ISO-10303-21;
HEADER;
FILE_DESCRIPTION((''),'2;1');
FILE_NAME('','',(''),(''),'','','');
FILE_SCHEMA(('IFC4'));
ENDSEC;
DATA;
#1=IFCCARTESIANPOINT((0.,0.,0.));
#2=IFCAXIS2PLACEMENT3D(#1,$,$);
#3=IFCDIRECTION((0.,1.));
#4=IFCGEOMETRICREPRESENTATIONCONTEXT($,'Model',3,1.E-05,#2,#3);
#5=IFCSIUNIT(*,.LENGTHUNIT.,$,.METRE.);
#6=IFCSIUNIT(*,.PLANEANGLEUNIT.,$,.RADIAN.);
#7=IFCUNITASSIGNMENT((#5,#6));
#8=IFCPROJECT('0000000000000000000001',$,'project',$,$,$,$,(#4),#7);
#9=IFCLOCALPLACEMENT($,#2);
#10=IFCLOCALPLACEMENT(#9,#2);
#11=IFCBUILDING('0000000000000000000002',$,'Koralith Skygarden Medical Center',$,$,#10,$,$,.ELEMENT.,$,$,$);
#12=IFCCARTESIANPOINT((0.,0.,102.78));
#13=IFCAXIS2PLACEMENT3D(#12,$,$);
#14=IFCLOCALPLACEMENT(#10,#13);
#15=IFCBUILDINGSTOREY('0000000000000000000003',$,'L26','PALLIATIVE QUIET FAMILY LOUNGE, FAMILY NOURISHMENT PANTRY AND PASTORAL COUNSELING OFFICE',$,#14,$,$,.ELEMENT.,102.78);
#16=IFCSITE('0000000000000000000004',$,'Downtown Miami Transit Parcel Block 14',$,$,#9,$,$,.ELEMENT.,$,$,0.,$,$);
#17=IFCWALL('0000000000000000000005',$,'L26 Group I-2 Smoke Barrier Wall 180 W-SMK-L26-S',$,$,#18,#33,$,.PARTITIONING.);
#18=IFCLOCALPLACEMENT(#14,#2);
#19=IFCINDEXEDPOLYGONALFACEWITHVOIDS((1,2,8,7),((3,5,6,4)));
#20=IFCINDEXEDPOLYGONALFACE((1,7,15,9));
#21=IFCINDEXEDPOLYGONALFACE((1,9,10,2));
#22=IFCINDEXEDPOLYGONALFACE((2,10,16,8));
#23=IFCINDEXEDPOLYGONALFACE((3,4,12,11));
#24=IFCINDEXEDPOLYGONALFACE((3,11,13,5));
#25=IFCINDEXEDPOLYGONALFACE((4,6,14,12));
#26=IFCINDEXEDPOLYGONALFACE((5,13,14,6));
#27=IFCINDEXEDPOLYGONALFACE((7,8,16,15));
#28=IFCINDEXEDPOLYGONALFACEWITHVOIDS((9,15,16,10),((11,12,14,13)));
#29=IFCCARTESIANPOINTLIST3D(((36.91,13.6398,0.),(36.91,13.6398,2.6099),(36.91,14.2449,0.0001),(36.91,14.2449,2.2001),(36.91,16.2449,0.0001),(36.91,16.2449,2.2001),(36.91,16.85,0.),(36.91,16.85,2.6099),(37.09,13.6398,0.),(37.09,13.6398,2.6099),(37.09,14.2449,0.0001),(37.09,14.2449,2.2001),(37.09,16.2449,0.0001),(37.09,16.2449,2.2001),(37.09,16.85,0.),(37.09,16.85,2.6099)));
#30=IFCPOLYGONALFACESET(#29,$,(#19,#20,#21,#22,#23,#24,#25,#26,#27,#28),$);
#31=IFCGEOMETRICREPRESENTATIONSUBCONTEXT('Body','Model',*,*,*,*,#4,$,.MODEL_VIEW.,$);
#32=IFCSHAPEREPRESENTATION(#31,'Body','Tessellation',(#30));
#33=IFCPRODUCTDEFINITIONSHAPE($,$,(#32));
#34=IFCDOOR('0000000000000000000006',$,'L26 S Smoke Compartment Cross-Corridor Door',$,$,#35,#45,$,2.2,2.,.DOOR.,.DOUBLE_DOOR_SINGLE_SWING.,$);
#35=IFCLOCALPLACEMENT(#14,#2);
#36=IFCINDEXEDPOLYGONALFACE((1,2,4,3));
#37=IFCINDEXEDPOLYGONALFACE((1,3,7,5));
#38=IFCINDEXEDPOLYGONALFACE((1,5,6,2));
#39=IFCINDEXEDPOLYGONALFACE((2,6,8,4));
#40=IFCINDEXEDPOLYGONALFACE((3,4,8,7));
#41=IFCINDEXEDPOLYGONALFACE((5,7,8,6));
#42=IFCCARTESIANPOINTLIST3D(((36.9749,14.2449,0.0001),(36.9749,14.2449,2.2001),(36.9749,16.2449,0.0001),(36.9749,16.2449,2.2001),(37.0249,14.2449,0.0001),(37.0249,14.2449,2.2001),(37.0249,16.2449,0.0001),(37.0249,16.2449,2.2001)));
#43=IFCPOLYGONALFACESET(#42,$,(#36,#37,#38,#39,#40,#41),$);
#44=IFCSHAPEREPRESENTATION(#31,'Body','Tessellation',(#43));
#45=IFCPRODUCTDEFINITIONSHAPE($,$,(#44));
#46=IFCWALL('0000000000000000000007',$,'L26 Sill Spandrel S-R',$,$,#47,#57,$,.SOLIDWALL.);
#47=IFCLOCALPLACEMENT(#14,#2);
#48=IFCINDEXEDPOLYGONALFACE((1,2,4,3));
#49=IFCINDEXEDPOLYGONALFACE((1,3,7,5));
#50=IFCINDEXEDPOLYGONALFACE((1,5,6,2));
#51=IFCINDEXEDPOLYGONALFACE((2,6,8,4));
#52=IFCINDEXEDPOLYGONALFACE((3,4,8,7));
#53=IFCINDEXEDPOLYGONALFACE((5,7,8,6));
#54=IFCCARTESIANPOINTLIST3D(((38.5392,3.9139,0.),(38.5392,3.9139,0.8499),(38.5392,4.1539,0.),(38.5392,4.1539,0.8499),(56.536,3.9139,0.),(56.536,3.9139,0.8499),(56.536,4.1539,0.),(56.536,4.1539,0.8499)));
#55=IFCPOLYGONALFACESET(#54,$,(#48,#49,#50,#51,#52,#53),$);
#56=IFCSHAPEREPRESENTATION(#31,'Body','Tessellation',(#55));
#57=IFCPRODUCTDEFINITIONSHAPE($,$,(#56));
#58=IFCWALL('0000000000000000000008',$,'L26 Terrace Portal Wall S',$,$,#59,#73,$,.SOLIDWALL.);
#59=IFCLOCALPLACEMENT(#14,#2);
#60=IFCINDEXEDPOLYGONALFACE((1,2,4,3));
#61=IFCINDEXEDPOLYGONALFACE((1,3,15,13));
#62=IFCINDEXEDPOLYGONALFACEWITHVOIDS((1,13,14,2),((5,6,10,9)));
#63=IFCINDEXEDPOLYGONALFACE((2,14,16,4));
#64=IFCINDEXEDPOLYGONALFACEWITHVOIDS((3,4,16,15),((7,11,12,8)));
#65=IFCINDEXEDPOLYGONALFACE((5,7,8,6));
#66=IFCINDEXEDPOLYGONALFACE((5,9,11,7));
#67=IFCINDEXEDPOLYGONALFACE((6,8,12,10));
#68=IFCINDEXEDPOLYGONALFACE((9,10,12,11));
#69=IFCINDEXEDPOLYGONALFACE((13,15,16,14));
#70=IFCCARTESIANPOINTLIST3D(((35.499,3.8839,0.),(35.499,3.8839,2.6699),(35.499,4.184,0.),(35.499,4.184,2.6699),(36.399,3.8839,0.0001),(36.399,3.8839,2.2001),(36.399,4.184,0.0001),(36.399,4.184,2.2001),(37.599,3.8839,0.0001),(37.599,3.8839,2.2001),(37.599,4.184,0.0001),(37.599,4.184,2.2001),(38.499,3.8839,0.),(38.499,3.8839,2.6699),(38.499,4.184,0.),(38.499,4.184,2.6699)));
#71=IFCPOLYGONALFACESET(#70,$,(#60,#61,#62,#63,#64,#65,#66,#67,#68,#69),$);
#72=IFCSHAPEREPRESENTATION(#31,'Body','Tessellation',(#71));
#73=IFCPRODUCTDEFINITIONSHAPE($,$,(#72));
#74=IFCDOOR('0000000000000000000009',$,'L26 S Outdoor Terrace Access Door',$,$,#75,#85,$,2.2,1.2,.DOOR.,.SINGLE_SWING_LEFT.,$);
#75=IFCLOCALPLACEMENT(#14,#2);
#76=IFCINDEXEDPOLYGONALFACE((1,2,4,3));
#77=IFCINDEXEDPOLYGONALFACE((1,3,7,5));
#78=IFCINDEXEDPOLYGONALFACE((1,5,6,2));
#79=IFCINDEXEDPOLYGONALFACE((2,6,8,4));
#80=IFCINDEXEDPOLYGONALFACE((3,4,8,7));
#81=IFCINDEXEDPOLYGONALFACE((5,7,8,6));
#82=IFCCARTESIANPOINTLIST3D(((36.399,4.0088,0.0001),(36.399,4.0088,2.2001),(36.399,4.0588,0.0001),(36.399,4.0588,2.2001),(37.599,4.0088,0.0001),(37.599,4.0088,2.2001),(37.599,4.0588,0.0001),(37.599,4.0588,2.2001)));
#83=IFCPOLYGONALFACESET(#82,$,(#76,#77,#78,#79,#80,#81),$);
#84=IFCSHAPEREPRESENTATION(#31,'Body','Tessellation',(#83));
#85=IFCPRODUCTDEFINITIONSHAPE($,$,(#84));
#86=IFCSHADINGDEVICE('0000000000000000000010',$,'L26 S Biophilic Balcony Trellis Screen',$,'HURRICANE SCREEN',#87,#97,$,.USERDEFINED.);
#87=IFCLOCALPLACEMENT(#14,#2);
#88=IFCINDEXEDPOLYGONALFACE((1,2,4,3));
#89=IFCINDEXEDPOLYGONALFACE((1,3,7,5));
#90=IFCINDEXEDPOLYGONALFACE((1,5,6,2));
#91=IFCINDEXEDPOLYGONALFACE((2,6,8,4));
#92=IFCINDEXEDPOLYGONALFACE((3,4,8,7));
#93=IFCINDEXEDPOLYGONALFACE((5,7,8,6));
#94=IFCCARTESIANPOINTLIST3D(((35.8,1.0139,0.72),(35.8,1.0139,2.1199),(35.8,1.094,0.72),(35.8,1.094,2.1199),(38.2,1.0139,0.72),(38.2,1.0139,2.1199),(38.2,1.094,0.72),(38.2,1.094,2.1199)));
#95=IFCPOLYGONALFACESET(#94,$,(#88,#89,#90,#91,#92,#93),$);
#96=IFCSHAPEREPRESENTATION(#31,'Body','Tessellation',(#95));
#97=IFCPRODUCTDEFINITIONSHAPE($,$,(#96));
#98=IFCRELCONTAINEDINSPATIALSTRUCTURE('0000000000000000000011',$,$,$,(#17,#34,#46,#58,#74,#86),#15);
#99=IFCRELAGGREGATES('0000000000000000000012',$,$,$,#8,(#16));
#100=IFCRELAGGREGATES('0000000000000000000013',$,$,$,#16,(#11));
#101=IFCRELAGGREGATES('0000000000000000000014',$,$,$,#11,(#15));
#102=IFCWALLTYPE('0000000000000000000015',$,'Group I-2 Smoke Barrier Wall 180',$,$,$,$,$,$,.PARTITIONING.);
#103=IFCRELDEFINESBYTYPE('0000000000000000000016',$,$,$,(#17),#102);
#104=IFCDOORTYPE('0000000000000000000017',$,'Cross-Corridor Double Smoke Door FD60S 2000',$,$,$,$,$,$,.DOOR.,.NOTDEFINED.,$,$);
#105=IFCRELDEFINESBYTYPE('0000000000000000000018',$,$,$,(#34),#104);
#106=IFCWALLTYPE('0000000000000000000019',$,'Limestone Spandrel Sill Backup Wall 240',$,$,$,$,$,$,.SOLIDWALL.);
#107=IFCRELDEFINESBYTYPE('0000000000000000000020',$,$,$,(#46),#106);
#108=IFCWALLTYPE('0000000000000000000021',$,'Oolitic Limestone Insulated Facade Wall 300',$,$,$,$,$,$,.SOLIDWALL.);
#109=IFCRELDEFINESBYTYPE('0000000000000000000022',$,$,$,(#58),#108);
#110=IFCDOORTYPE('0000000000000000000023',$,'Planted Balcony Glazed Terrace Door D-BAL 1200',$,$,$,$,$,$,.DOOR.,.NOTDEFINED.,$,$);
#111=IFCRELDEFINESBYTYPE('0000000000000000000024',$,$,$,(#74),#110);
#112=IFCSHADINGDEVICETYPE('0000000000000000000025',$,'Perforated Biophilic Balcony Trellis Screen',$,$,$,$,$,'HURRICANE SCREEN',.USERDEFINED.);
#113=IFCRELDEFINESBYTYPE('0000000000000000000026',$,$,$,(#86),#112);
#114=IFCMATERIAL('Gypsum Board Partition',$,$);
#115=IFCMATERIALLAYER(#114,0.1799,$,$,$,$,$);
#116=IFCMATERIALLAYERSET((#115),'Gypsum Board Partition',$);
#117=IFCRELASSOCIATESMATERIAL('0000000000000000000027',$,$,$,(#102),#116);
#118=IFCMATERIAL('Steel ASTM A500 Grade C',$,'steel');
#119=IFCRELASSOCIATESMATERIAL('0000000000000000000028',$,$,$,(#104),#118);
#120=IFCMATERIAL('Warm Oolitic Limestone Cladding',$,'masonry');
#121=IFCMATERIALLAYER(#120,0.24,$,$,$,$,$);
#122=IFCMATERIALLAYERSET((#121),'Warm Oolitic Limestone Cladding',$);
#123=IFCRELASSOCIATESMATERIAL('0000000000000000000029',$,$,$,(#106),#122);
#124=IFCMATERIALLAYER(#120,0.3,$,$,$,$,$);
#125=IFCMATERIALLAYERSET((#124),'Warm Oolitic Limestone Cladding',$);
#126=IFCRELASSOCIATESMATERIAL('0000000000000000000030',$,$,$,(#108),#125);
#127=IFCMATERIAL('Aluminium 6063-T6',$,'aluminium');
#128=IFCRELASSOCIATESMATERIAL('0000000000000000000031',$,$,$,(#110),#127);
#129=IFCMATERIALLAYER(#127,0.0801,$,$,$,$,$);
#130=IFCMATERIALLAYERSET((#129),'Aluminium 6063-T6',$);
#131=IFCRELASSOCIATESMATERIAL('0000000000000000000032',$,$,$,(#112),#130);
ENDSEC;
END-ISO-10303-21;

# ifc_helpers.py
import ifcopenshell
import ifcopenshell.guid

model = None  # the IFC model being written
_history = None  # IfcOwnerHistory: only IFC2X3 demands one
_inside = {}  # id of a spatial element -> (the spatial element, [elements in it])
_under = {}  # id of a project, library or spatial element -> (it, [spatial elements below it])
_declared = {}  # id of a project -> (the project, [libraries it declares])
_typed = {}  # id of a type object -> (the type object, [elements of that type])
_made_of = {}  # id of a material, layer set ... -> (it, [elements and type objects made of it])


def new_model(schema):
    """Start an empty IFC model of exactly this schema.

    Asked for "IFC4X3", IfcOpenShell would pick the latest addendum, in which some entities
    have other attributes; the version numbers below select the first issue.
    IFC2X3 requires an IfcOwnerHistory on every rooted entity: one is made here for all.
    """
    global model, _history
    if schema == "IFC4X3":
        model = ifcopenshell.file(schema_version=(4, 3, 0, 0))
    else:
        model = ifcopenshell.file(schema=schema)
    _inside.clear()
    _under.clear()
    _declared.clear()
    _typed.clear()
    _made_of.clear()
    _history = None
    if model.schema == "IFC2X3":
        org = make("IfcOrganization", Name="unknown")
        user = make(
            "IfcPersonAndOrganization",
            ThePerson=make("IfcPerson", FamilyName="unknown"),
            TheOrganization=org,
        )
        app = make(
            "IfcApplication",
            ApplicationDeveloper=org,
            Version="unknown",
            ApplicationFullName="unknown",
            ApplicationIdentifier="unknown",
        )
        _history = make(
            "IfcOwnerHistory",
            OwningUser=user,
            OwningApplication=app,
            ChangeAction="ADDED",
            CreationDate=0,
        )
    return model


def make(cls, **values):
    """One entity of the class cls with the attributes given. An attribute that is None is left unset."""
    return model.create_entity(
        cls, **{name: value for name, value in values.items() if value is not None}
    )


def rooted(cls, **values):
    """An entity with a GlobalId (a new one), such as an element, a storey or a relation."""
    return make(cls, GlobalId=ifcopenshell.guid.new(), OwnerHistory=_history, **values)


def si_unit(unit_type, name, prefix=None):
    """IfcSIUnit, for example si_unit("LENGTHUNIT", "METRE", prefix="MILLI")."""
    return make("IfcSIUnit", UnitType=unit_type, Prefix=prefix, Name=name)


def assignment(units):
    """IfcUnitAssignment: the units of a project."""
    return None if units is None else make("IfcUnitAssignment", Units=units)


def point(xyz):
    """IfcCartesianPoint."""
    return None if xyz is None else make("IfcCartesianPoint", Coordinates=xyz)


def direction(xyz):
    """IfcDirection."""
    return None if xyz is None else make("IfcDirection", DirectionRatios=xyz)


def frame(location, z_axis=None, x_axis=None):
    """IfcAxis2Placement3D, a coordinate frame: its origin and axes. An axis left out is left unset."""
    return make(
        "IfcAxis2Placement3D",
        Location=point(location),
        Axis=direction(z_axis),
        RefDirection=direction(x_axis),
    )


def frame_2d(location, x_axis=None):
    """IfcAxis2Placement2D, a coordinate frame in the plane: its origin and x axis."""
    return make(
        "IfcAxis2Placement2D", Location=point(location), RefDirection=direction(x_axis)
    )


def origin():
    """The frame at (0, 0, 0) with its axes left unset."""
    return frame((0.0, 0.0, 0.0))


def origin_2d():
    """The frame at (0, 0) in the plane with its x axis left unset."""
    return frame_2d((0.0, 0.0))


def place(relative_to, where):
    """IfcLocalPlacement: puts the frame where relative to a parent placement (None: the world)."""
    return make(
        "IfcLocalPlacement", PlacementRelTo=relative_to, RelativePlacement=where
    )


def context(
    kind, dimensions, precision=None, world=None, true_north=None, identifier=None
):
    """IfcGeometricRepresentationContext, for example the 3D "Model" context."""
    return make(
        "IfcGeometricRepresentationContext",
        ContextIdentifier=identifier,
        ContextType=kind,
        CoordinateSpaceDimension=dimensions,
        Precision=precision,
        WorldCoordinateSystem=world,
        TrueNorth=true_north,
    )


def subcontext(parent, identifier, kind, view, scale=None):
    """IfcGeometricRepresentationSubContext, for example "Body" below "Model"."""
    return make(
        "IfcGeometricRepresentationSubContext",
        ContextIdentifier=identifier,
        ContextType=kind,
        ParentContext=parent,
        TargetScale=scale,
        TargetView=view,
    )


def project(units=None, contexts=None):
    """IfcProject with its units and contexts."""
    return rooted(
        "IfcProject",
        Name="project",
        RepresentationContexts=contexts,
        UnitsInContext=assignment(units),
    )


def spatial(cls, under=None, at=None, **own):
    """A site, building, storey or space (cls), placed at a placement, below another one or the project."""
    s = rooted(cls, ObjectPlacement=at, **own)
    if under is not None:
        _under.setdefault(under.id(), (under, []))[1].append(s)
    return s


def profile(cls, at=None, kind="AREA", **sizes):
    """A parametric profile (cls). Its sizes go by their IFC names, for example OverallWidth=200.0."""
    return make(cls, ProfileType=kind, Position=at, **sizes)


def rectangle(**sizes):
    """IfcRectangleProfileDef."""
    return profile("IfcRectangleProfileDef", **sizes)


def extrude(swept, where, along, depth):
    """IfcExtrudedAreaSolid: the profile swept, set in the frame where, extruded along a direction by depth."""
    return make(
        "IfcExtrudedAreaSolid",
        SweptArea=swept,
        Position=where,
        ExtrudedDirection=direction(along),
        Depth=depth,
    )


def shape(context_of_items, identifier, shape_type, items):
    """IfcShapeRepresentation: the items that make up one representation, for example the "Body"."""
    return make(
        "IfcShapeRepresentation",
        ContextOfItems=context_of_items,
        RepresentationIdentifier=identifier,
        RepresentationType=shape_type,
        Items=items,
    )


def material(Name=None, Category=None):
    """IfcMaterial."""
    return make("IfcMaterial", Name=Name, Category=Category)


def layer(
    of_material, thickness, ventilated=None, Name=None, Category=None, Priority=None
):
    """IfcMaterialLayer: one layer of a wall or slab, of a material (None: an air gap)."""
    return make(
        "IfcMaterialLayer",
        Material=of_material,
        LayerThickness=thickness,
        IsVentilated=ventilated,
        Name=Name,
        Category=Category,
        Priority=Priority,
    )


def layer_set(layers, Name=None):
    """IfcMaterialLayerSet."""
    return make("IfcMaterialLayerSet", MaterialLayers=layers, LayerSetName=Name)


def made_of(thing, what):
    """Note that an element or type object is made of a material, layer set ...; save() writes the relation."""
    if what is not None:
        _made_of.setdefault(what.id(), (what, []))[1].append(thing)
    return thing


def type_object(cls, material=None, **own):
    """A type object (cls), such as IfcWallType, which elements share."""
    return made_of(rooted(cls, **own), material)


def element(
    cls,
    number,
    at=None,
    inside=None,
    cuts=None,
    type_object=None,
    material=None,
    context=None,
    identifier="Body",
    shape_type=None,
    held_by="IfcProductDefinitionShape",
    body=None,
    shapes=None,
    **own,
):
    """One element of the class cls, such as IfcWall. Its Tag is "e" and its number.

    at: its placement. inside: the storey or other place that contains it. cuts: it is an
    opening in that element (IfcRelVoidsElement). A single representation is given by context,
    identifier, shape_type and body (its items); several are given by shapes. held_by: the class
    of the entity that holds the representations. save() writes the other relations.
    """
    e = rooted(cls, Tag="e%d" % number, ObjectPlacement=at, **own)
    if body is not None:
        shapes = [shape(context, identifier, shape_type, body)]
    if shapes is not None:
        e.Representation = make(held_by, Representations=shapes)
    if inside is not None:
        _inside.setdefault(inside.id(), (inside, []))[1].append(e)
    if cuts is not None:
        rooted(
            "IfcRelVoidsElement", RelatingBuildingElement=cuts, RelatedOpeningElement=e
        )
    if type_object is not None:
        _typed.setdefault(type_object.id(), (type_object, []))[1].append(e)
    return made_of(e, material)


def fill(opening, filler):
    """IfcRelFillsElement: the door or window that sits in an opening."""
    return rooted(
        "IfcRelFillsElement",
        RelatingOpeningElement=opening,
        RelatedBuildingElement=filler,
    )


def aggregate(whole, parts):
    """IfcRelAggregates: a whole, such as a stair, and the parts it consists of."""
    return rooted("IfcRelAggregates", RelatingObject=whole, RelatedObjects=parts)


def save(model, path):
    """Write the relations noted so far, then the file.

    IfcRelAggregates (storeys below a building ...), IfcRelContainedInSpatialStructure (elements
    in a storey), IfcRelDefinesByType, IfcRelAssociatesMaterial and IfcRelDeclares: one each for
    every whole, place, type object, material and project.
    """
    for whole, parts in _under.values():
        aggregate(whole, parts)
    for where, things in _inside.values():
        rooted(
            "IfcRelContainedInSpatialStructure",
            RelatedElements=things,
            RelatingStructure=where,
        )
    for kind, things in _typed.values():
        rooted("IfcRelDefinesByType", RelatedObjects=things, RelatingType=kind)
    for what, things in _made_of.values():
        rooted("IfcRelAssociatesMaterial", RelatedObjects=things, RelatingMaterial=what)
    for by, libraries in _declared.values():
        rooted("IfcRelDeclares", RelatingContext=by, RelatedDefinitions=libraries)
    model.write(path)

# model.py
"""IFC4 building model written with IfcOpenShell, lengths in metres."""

from ifc_helpers import new_model, si_unit, direction, frame, frame_2d, origin, origin_2d, place, context, subcontext, project, spatial, rectangle, extrude, material, layer, layer_set, type_object, element, fill, save


model = new_model("IFC4")

# Units and contexts
model_context = context("Model", 3, precision=1e-05, world=origin(), true_north=direction((0.0, 1.0)))
body_context = subcontext(model_context, "Body", "Model", "MODEL_VIEW")
ifc_project = project(units=[si_unit("LENGTHUNIT", "METRE"), si_unit("PLANEANGLEUNIT", "RADIAN")], contexts=[model_context])

# Site, building, storey
site_placement = place(None, origin())
site = spatial("IfcSite", under=ifc_project, at=site_placement, Name="Downtown Miami Transit Parcel Block 14", CompositionType="ELEMENT", RefElevation=0.0)
building_placement = place(site_placement, origin())
building = spatial("IfcBuilding", under=site, at=building_placement, Name="Koralith Skygarden Medical Center", CompositionType="ELEMENT")
storey_placement = place(building_placement, frame((0.0, 0.0, 102.78)))
storey = spatial("IfcBuildingStorey", under=building, at=storey_placement, Name="L26", Description="PALLIATIVE QUIET FAMILY LOUNGE, FAMILY NOURISHMENT PANTRY AND PASTORAL COUNSELING OFFICE", CompositionType="ELEMENT", Elevation=102.78)

# Shared definitions
ifc_material_1 = material(Name="Aluminium 6063-T6", Category="aluminium")

# Shared definitions
ifc_material_2 = material(Name="Gypsum Board Partition")

# Wall, opening, door
ifc_layer_1 = layer(ifc_material_2, 0.1799)
ifc_layer_set_1 = layer_set([ifc_layer_1], Name="Gypsum Board Partition")
wall_type_1 = type_object("IfcWallType", Name="Group I-2 Smoke Barrier Wall 180", PredefinedType="PARTITIONING", material=ifc_layer_set_1)
wall_1_placement = place(storey_placement, frame((37.0, 13.6399, 0.0), z_axis=(0.0, 0.0, 1.0), x_axis=(0.0, 1.0, 0.0)))
wall_1 = element("IfcWall", 1, at=wall_1_placement, inside=storey, type_object=wall_type_1, Name="L26 Group I-2 Smoke Barrier Wall 180 W-SMK-L26-S", PredefinedType="PARTITIONING", context=body_context, shape_type="SweptSolid", body=[
    extrude(rectangle(XDim=3.2102, YDim=0.1799, at=frame_2d((1.605, 0.0))), origin(), (0.0, 0.0, 1.0), 2.6099),
])
opening_1_placement = place(wall_1_placement, frame((0.605, 0.0, 0.0)))
opening_1 = element("IfcOpeningElement", 2, at=opening_1_placement, cuts=wall_1, PredefinedType="OPENING", context=body_context, shape_type="SweptSolid", body=[
    extrude(rectangle(XDim=2.0, YDim=2.2, at=frame_2d((1.0, 1.1001))), frame((0.0, 0.0999, 0.0), z_axis=(0.0, -1.0, 0.0), x_axis=(1.0, 0.0, 0.0)), (0.0, 0.0, 1.0), 0.2),
])
ifc_material_3 = material(Name="Steel ASTM A500 Grade C", Category="steel")
door_type_1 = type_object("IfcDoorType", Name="Cross-Corridor Double Smoke Door FD60S 2000", OperationType="NOTDEFINED", PredefinedType="DOOR", material=ifc_material_3)
door_1_placement = place(opening_1_placement, frame((2.0, 0.0, 0.0), z_axis=(0.0, 0.0, 1.0), x_axis=(-1.0, 0.0, 0.0)))
door_1 = element("IfcDoor", 3, at=door_1_placement, inside=storey, type_object=door_type_1, Name="L26 S Smoke Compartment Cross-Corridor Door", OperationType="DOUBLE_DOOR_SINGLE_SWING", OverallHeight=2.2, OverallWidth=2.0, PredefinedType="DOOR", context=body_context, shape_type="SweptSolid", body=[
    extrude(rectangle(XDim=2.0, YDim=2.2, at=frame_2d((1.0, 1.1001))), frame((0.0, 0.0249, 0.0), z_axis=(0.0, -1.0, 0.0), x_axis=(1.0, 0.0, 0.0)), (0.0, 0.0, 1.0), 0.05),
])
fill(opening_1, door_1)

# Wall
ifc_material_4 = material(Name="Warm Oolitic Limestone Cladding", Category="masonry")
ifc_layer_2 = layer(ifc_material_4, 0.24)
ifc_layer_set_2 = layer_set([ifc_layer_2], Name="Warm Oolitic Limestone Cladding")
wall_type_2 = type_object("IfcWallType", Name="Limestone Spandrel Sill Backup Wall 240", PredefinedType="SOLIDWALL", material=ifc_layer_set_2)
wall_2_placement = place(storey_placement, frame((38.5391, 4.0339, 0.0), z_axis=(0.0, 0.0, 1.0), x_axis=(1.0, 0.0, 0.0)))
element("IfcWall", 4, at=wall_2_placement, inside=storey, type_object=wall_type_2, Name="L26 Sill Spandrel S-R", PredefinedType="SOLIDWALL", context=body_context, shape_type="SweptSolid", body=[
    extrude(rectangle(XDim=17.9968, YDim=0.24, at=frame_2d((8.9985, 0.0))), origin(), (0.0, 0.0, 1.0), 0.8499),
])

# Wall, opening, door
ifc_layer_3 = layer(ifc_material_4, 0.3)
ifc_layer_set_3 = layer_set([ifc_layer_3], Name="Warm Oolitic Limestone Cladding")
wall_type_3 = type_object("IfcWallType", Name="Oolitic Limestone Insulated Facade Wall 300", PredefinedType="SOLIDWALL", material=ifc_layer_set_3)
wall_3_placement = place(storey_placement, frame((35.499, 4.0339, 0.0), z_axis=(0.0, 0.0, 1.0), x_axis=(1.0, 0.0, 0.0)))
wall_3 = element("IfcWall", 5, at=wall_3_placement, inside=storey, type_object=wall_type_3, Name="L26 Terrace Portal Wall S", PredefinedType="SOLIDWALL", context=body_context, shape_type="SweptSolid", body=[
    extrude(rectangle(XDim=3.0, YDim=0.3, at=frame_2d((1.5, 0.0))), origin(), (0.0, 0.0, 1.0), 2.6699),
])
opening_2_placement = place(wall_3_placement, frame((0.8999, 0.0, 0.0)))
opening_2 = element("IfcOpeningElement", 6, at=opening_2_placement, cuts=wall_3, PredefinedType="OPENING", context=body_context, shape_type="SweptSolid", body=[
    extrude(rectangle(XDim=1.2, YDim=2.2, at=frame_2d((0.6001, 1.1001))), frame((0.0, 0.1599, 0.0), z_axis=(0.0, -1.0, 0.0), x_axis=(1.0, 0.0, 0.0)), (0.0, 0.0, 1.0), 0.3201),
])
door_type_2 = type_object("IfcDoorType", Name="Planted Balcony Glazed Terrace Door D-BAL 1200", OperationType="NOTDEFINED", PredefinedType="DOOR", material=ifc_material_1)
door_2_placement = place(opening_2_placement, origin())
door_2 = element("IfcDoor", 7, at=door_2_placement, inside=storey, type_object=door_type_2, Name="L26 S Outdoor Terrace Access Door", OperationType="SINGLE_SWING_LEFT", OverallHeight=2.2, OverallWidth=1.2, PredefinedType="DOOR", context=body_context, shape_type="SweptSolid", body=[
    extrude(rectangle(XDim=1.2, YDim=2.2, at=frame_2d((0.6001, 1.1001))), frame((0.0, 0.0249, 0.0), z_axis=(0.0, -1.0, 0.0), x_axis=(1.0, 0.0, 0.0)), (0.0, 0.0, 1.0), 0.05),
])
fill(opening_2, door_2)

# Shading device
ifc_layer_4 = layer(ifc_material_1, 0.0801)
ifc_layer_set_4 = layer_set([ifc_layer_4], Name="Aluminium 6063-T6")
shading_device_type = type_object("IfcShadingDeviceType", Name="Perforated Biophilic Balcony Trellis Screen", ElementType="HURRICANE SCREEN", PredefinedType="USERDEFINED", material=ifc_layer_set_4)
shading_device_placement = place(storey_placement, frame((37.0, 1.054, 0.72), z_axis=(0.0, 0.0, 1.0), x_axis=(1.0, 0.0, 0.0)))
element("IfcShadingDevice", 8, at=shading_device_placement, inside=storey, type_object=shading_device_type, Name="L26 S Biophilic Balcony Trellis Screen", ObjectType="HURRICANE SCREEN", PredefinedType="USERDEFINED", context=body_context, shape_type="SweptSolid", body=[
    extrude(rectangle(XDim=2.3999, YDim=0.0801, at=origin_2d()), origin(), (0.0, 0.0, 1.0), 1.3999),
])

save(model, "model.ifc")
